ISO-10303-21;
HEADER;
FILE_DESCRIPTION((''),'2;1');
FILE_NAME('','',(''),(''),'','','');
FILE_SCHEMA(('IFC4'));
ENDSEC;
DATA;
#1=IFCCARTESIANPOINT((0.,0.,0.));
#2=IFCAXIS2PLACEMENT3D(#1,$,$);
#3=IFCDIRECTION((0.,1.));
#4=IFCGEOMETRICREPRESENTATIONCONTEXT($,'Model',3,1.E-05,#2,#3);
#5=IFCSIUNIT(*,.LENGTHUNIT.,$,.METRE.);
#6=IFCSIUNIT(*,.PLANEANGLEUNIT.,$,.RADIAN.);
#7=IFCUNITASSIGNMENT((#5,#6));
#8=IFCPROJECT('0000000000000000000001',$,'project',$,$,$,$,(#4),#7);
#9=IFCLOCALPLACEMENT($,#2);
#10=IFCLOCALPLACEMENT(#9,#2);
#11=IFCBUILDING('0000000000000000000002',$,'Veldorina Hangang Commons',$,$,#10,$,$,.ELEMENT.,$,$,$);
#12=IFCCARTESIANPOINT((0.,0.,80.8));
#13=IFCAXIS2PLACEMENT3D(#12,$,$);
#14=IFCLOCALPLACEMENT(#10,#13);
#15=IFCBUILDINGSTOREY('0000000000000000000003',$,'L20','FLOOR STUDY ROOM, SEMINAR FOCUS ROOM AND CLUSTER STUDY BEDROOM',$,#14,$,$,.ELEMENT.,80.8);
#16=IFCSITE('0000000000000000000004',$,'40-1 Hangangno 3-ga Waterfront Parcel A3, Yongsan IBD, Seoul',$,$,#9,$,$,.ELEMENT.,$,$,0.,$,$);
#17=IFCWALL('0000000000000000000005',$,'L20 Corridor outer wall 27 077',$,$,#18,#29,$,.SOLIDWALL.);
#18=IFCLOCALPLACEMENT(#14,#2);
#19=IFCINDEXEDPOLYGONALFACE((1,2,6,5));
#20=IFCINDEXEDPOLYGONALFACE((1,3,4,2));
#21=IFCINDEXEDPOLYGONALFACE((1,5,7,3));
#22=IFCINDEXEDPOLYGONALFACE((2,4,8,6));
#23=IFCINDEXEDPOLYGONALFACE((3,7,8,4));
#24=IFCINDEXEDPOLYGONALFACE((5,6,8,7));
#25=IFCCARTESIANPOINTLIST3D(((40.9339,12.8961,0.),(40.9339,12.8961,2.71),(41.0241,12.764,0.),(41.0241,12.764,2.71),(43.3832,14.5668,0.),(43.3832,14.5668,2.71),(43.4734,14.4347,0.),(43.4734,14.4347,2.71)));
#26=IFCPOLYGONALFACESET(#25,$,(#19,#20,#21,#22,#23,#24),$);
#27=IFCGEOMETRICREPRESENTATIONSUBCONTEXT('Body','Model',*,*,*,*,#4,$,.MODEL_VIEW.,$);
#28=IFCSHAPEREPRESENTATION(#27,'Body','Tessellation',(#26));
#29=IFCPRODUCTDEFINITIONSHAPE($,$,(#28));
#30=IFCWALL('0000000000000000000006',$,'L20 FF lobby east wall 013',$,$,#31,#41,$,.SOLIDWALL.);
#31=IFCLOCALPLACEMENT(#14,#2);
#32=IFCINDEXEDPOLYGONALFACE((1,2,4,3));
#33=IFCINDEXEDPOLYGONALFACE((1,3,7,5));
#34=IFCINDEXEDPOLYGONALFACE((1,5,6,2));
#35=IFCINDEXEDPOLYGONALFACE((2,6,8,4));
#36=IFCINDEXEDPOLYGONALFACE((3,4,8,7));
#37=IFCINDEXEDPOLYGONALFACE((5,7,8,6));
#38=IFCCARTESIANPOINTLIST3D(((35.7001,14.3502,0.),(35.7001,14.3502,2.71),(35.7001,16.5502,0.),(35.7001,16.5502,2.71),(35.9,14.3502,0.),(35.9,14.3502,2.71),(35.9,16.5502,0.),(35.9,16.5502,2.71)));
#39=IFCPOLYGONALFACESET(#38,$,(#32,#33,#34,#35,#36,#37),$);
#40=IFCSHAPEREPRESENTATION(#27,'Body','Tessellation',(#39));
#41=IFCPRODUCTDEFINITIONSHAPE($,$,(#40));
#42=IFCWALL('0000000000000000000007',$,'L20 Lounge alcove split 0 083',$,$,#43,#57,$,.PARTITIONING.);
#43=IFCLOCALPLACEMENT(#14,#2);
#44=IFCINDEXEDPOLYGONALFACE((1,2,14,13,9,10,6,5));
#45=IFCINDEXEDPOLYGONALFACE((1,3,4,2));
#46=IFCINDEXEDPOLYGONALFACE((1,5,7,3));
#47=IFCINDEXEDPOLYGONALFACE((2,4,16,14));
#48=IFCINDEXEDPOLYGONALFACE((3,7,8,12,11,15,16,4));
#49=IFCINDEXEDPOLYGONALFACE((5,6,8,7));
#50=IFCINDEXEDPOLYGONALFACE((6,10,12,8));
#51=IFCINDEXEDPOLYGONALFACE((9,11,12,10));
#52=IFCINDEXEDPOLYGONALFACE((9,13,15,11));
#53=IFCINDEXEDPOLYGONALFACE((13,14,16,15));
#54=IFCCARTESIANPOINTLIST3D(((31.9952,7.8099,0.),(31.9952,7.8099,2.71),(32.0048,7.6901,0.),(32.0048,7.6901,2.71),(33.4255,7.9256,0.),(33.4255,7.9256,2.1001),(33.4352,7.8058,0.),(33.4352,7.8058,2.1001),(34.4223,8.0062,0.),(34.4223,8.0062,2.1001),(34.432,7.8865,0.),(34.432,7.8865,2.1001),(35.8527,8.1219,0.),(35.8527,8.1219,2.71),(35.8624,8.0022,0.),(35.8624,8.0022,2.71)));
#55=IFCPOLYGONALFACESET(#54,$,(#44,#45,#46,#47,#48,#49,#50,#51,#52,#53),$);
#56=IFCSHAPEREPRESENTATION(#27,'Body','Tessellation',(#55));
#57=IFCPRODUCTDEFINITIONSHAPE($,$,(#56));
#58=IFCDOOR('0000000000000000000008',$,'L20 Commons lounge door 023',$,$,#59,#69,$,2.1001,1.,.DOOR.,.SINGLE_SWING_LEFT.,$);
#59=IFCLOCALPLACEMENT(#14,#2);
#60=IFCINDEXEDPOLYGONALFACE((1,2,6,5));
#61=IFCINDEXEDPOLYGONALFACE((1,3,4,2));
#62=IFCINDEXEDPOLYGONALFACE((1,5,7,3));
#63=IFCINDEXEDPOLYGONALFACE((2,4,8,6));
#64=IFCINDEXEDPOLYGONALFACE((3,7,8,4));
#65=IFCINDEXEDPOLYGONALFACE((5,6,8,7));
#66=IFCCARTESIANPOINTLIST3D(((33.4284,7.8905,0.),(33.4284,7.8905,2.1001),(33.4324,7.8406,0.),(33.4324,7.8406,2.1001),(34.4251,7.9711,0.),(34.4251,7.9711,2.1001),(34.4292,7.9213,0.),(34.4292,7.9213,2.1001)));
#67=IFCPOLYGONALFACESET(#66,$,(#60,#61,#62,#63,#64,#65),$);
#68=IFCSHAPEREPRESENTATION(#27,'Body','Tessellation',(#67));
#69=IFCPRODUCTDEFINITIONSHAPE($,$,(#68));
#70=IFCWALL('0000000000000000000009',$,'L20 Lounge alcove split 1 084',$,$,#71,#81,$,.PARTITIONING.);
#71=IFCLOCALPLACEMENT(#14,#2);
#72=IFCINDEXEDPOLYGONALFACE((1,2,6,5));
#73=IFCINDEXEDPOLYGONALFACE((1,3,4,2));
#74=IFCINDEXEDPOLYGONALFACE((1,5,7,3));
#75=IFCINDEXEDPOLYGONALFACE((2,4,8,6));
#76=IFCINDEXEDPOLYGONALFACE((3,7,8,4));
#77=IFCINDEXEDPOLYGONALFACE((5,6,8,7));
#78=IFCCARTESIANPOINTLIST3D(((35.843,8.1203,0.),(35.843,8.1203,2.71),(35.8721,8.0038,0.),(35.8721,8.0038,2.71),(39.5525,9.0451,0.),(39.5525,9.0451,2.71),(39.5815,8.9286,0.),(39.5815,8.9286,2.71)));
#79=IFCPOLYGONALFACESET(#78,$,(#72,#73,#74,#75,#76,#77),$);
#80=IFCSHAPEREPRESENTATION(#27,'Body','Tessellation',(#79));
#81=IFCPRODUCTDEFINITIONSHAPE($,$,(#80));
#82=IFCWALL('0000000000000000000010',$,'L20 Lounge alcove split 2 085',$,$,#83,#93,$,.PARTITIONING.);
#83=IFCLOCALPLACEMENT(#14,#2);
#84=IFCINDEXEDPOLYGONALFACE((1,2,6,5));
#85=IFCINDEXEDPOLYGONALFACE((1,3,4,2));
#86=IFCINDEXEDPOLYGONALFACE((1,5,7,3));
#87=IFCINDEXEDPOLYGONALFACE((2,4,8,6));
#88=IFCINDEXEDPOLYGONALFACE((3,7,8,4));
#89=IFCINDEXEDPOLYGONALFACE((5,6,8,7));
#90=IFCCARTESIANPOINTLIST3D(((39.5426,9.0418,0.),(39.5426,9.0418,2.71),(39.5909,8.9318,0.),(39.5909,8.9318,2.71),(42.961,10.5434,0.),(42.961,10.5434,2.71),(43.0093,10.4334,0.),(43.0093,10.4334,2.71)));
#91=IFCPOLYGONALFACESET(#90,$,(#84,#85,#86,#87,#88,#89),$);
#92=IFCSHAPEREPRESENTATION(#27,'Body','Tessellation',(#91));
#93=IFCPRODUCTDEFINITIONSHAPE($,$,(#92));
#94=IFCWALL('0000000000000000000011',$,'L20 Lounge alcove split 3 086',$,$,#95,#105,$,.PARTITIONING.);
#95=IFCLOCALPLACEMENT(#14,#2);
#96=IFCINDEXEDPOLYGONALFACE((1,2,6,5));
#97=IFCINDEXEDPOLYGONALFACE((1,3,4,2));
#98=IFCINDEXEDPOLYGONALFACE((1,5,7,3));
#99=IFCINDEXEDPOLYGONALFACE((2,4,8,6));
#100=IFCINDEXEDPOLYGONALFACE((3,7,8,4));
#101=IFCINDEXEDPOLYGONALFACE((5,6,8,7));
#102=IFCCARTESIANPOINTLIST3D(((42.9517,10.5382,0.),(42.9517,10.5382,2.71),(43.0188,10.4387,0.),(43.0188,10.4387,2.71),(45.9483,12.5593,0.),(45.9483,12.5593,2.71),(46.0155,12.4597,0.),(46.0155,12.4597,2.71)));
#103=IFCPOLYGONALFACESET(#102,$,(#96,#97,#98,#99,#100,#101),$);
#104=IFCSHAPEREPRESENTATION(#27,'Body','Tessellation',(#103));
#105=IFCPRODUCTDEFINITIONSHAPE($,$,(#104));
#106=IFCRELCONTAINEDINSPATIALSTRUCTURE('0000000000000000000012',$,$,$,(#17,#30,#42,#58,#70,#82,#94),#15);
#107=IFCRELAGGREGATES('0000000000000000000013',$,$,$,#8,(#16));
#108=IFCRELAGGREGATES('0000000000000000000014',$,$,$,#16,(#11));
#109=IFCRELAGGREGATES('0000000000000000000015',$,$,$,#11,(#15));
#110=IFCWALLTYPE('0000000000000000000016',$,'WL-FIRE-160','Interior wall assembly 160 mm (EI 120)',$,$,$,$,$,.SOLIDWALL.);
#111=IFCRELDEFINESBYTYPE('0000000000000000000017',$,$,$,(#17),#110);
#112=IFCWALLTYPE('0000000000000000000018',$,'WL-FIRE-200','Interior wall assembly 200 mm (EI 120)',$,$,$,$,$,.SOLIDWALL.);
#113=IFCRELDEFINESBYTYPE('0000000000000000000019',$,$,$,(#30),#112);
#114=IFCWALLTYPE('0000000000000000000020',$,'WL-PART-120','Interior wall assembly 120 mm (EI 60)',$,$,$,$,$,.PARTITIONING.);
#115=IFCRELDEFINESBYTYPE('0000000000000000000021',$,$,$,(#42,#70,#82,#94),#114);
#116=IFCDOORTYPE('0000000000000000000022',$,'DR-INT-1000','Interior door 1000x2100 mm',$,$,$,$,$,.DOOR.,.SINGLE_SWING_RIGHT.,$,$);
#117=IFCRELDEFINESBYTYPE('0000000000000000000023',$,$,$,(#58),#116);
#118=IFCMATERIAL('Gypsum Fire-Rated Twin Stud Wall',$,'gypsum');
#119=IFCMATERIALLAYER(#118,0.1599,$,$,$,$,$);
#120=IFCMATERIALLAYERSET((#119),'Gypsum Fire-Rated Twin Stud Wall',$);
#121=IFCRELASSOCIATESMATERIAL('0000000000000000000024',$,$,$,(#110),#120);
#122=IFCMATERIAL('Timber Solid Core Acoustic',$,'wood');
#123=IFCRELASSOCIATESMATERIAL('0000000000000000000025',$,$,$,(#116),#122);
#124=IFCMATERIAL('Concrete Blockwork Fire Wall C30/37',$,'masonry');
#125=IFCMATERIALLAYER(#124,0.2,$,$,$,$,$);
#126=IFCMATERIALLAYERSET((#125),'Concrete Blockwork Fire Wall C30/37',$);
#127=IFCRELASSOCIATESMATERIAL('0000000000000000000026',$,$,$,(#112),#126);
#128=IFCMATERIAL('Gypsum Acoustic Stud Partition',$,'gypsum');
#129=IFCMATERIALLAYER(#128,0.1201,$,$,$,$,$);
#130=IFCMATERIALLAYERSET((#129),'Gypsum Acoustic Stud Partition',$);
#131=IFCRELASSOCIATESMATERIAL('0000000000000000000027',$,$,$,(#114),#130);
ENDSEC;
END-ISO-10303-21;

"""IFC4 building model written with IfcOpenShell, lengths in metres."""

from ifc_helpers import new_model, si_unit, direction, frame, frame_2d, origin, place, context, subcontext, project, spatial, rectangle, extrude, material, layer, layer_set, type_object, element, fill, save


model = new_model("IFC4")

# Units and contexts
model_context = context("Model", 3, precision=1e-05, world=origin(), true_north=direction((0.0, 1.0)))
body_context = subcontext(model_context, "Body", "Model", "MODEL_VIEW")
ifc_project = project(units=[si_unit("LENGTHUNIT", "METRE"), si_unit("PLANEANGLEUNIT", "RADIAN")], contexts=[model_context])

# Site, building, storey
site_placement = place(None, origin())
site = spatial("IfcSite", under=ifc_project, at=site_placement, Name="40-1 Hangangno 3-ga Waterfront Parcel A3, Yongsan IBD, Seoul", CompositionType="ELEMENT", RefElevation=0.0)
building_placement = place(site_placement, origin())
building = spatial("IfcBuilding", under=site, at=building_placement, Name="Veldorina Hangang Commons", CompositionType="ELEMENT")
storey_placement = place(building_placement, frame((0.0, 0.0, 80.8)))
storey = spatial("IfcBuildingStorey", under=building, at=storey_placement, Name="L20", Description="FLOOR STUDY ROOM, SEMINAR FOCUS ROOM AND CLUSTER STUDY BEDROOM", CompositionType="ELEMENT", Elevation=80.8)

# Shared definitions
ifc_material_1 = material(Name="Gypsum Fire-Rated Twin Stud Wall", Category="gypsum")
ifc_layer_1 = layer(ifc_material_1, 0.1599)
ifc_layer_set_1 = layer_set([ifc_layer_1], Name="Gypsum Fire-Rated Twin Stud Wall")
wall_type_1 = type_object("IfcWallType", Name="WL-FIRE-160", Description="Interior wall assembly 160 mm (EI 120)", PredefinedType="SOLIDWALL", material=ifc_layer_set_1)

# Shared definitions
ifc_material_2 = material(Name="Timber Solid Core Acoustic", Category="wood")
door_type_1 = type_object("IfcDoorType", Name="DR-INT-1000", Description="Interior door 1000x2100 mm", OperationType="SINGLE_SWING_RIGHT", PredefinedType="DOOR", material=ifc_material_2)

# Walls
wall_1_placement = place(storey_placement, frame((40.979, 12.8301, 0.0), z_axis=(0.0, 0.0, 1.0), x_axis=(0.826112, 0.563505, 0.0)))
element("IfcWall", 1, at=wall_1_placement, inside=storey, type_object=wall_type_1, Name="L20 Corridor outer wall 27 077", PredefinedType="SOLIDWALL", context=body_context, shape_type="SweptSolid", body=[
    extrude(rectangle(XDim=2.9648, YDim=0.1599, at=frame_2d((1.4824, 0.0))), origin(), (0.0, 0.0, 1.0), 2.71),
])
ifc_material_3 = material(Name="Concrete Blockwork Fire Wall C30/37", Category="masonry")
ifc_layer_2 = layer(ifc_material_3, 0.2)
ifc_layer_set_2 = layer_set([ifc_layer_2], Name="Concrete Blockwork Fire Wall C30/37")
wall_type_2 = type_object("IfcWallType", Name="WL-FIRE-200", Description="Interior wall assembly 200 mm (EI 120)", PredefinedType="SOLIDWALL", material=ifc_layer_set_2)
wall_2_placement = place(storey_placement, frame((35.8, 14.3501, 0.0), z_axis=(0.0, 0.0, 1.0), x_axis=(0.0, 1.0, 0.0)))
element("IfcWall", 2, at=wall_2_placement, inside=storey, type_object=wall_type_2, Name="L20 FF lobby east wall 013", PredefinedType="SOLIDWALL", context=body_context, shape_type="SweptSolid", body=[
    extrude(rectangle(XDim=2.2, YDim=0.2, at=frame_2d((1.1001, 0.0))), origin(), (0.0, 0.0, 1.0), 2.71),
])

# Wall, opening, door
ifc_material_4 = material(Name="Gypsum Acoustic Stud Partition", Category="gypsum")
ifc_layer_3 = layer(ifc_material_4, 0.1201)
ifc_layer_set_3 = layer_set([ifc_layer_3], Name="Gypsum Acoustic Stud Partition")
wall_type_3 = type_object("IfcWallType", Name="WL-PART-120", Description="Interior wall assembly 120 mm (EI 60)", PredefinedType="PARTITIONING", material=ifc_layer_set_3)
wall_3_placement = place(storey_placement, frame((32.0, 7.75, 0.0), z_axis=(0.0, 0.0, 1.0), x_axis=(0.996745, 0.080623, 0.0)))
wall_3 = element("IfcWall", 3, at=wall_3_placement, inside=storey, type_object=wall_type_3, Name="L20 Lounge alcove split 0 083", PredefinedType="PARTITIONING", context=body_context, shape_type="SweptSolid", body=[
    extrude(rectangle(XDim=3.8701, YDim=0.1201, at=frame_2d((1.9351, 0.0))), origin(), (0.0, 0.0, 1.0), 2.71),
])
opening_1_placement = place(wall_3_placement, frame((1.4351, 0.0, 0.0)))
opening_1 = element("IfcOpeningElement", 4, at=opening_1_placement, cuts=wall_3, PredefinedType="OPENING", context=body_context, shape_type="SweptSolid", body=[
    extrude(rectangle(XDim=1.0, YDim=2.1001, at=frame_2d((0.5, 1.05))), frame((0.0, 0.0701, 0.0), z_axis=(0.0, -1.0, 0.0), x_axis=(1.0, 0.0, 0.0)), (0.0, 0.0, 1.0), 0.1401),
])
door_1_placement = place(opening_1_placement, origin())
door_1 = element("IfcDoor", 5, at=door_1_placement, inside=storey, type_object=door_type_1, Name="L20 Commons lounge door 023", OperationType="SINGLE_SWING_LEFT", OverallHeight=2.1001, OverallWidth=1.0, PredefinedType="DOOR", context=body_context, shape_type="SweptSolid", body=[
    extrude(rectangle(XDim=1.0, YDim=2.1001, at=frame_2d((0.5, 1.05))), frame((0.0, 0.0249, 0.0), z_axis=(0.0, -1.0, 0.0), x_axis=(1.0, 0.0, 0.0)), (0.0, 0.0, 1.0), 0.05),
])
fill(opening_1, door_1)

# Walls
wall_4_placement = place(storey_placement, frame((35.8574, 8.062, 0.0), z_axis=(0.0, 0.0, 1.0), x_axis=(0.9703, 0.241904, 0.0)))
element("IfcWall", 6, at=wall_4_placement, inside=storey, type_object=wall_type_3, Name="L20 Lounge alcove split 1 084", PredefinedType="PARTITIONING", context=body_context, shape_type="SweptSolid", body=[
    extrude(rectangle(XDim=3.823, YDim=0.1201, at=frame_2d((1.9116, 0.0))), origin(), (0.0, 0.0, 1.0), 2.71),
])
wall_5_placement = place(storey_placement, frame((39.5669, 8.9868, 0.0), z_axis=(0.0, 0.0, 1.0), x_axis=(0.915553, 0.402197, 0.0)))
element("IfcWall", 7, at=wall_5_placement, inside=storey, type_object=wall_type_3, Name="L20 Lounge alcove split 2 085", PredefinedType="PARTITIONING", context=body_context, shape_type="SweptSolid", body=[
    extrude(rectangle(XDim=3.7336, YDim=0.1201, at=frame_2d((1.8667, 0.0))), origin(), (0.0, 0.0, 1.0), 2.71),
])
wall_6_placement = place(storey_placement, frame((42.9854, 10.4885, 0.0), z_axis=(0.0, 0.0, 1.0), x_axis=(0.829066, 0.55915, 0.0)))
element("IfcWall", 8, at=wall_6_placement, inside=storey, type_object=wall_type_3, Name="L20 Lounge alcove split 3 086", PredefinedType="PARTITIONING", context=body_context, shape_type="SweptSolid", body=[
    extrude(rectangle(XDim=3.6145, YDim=0.1201, at=frame_2d((1.8071, 0.0))), origin(), (0.0, 0.0, 1.0), 2.71),
])

save(model, "model.ifc")
